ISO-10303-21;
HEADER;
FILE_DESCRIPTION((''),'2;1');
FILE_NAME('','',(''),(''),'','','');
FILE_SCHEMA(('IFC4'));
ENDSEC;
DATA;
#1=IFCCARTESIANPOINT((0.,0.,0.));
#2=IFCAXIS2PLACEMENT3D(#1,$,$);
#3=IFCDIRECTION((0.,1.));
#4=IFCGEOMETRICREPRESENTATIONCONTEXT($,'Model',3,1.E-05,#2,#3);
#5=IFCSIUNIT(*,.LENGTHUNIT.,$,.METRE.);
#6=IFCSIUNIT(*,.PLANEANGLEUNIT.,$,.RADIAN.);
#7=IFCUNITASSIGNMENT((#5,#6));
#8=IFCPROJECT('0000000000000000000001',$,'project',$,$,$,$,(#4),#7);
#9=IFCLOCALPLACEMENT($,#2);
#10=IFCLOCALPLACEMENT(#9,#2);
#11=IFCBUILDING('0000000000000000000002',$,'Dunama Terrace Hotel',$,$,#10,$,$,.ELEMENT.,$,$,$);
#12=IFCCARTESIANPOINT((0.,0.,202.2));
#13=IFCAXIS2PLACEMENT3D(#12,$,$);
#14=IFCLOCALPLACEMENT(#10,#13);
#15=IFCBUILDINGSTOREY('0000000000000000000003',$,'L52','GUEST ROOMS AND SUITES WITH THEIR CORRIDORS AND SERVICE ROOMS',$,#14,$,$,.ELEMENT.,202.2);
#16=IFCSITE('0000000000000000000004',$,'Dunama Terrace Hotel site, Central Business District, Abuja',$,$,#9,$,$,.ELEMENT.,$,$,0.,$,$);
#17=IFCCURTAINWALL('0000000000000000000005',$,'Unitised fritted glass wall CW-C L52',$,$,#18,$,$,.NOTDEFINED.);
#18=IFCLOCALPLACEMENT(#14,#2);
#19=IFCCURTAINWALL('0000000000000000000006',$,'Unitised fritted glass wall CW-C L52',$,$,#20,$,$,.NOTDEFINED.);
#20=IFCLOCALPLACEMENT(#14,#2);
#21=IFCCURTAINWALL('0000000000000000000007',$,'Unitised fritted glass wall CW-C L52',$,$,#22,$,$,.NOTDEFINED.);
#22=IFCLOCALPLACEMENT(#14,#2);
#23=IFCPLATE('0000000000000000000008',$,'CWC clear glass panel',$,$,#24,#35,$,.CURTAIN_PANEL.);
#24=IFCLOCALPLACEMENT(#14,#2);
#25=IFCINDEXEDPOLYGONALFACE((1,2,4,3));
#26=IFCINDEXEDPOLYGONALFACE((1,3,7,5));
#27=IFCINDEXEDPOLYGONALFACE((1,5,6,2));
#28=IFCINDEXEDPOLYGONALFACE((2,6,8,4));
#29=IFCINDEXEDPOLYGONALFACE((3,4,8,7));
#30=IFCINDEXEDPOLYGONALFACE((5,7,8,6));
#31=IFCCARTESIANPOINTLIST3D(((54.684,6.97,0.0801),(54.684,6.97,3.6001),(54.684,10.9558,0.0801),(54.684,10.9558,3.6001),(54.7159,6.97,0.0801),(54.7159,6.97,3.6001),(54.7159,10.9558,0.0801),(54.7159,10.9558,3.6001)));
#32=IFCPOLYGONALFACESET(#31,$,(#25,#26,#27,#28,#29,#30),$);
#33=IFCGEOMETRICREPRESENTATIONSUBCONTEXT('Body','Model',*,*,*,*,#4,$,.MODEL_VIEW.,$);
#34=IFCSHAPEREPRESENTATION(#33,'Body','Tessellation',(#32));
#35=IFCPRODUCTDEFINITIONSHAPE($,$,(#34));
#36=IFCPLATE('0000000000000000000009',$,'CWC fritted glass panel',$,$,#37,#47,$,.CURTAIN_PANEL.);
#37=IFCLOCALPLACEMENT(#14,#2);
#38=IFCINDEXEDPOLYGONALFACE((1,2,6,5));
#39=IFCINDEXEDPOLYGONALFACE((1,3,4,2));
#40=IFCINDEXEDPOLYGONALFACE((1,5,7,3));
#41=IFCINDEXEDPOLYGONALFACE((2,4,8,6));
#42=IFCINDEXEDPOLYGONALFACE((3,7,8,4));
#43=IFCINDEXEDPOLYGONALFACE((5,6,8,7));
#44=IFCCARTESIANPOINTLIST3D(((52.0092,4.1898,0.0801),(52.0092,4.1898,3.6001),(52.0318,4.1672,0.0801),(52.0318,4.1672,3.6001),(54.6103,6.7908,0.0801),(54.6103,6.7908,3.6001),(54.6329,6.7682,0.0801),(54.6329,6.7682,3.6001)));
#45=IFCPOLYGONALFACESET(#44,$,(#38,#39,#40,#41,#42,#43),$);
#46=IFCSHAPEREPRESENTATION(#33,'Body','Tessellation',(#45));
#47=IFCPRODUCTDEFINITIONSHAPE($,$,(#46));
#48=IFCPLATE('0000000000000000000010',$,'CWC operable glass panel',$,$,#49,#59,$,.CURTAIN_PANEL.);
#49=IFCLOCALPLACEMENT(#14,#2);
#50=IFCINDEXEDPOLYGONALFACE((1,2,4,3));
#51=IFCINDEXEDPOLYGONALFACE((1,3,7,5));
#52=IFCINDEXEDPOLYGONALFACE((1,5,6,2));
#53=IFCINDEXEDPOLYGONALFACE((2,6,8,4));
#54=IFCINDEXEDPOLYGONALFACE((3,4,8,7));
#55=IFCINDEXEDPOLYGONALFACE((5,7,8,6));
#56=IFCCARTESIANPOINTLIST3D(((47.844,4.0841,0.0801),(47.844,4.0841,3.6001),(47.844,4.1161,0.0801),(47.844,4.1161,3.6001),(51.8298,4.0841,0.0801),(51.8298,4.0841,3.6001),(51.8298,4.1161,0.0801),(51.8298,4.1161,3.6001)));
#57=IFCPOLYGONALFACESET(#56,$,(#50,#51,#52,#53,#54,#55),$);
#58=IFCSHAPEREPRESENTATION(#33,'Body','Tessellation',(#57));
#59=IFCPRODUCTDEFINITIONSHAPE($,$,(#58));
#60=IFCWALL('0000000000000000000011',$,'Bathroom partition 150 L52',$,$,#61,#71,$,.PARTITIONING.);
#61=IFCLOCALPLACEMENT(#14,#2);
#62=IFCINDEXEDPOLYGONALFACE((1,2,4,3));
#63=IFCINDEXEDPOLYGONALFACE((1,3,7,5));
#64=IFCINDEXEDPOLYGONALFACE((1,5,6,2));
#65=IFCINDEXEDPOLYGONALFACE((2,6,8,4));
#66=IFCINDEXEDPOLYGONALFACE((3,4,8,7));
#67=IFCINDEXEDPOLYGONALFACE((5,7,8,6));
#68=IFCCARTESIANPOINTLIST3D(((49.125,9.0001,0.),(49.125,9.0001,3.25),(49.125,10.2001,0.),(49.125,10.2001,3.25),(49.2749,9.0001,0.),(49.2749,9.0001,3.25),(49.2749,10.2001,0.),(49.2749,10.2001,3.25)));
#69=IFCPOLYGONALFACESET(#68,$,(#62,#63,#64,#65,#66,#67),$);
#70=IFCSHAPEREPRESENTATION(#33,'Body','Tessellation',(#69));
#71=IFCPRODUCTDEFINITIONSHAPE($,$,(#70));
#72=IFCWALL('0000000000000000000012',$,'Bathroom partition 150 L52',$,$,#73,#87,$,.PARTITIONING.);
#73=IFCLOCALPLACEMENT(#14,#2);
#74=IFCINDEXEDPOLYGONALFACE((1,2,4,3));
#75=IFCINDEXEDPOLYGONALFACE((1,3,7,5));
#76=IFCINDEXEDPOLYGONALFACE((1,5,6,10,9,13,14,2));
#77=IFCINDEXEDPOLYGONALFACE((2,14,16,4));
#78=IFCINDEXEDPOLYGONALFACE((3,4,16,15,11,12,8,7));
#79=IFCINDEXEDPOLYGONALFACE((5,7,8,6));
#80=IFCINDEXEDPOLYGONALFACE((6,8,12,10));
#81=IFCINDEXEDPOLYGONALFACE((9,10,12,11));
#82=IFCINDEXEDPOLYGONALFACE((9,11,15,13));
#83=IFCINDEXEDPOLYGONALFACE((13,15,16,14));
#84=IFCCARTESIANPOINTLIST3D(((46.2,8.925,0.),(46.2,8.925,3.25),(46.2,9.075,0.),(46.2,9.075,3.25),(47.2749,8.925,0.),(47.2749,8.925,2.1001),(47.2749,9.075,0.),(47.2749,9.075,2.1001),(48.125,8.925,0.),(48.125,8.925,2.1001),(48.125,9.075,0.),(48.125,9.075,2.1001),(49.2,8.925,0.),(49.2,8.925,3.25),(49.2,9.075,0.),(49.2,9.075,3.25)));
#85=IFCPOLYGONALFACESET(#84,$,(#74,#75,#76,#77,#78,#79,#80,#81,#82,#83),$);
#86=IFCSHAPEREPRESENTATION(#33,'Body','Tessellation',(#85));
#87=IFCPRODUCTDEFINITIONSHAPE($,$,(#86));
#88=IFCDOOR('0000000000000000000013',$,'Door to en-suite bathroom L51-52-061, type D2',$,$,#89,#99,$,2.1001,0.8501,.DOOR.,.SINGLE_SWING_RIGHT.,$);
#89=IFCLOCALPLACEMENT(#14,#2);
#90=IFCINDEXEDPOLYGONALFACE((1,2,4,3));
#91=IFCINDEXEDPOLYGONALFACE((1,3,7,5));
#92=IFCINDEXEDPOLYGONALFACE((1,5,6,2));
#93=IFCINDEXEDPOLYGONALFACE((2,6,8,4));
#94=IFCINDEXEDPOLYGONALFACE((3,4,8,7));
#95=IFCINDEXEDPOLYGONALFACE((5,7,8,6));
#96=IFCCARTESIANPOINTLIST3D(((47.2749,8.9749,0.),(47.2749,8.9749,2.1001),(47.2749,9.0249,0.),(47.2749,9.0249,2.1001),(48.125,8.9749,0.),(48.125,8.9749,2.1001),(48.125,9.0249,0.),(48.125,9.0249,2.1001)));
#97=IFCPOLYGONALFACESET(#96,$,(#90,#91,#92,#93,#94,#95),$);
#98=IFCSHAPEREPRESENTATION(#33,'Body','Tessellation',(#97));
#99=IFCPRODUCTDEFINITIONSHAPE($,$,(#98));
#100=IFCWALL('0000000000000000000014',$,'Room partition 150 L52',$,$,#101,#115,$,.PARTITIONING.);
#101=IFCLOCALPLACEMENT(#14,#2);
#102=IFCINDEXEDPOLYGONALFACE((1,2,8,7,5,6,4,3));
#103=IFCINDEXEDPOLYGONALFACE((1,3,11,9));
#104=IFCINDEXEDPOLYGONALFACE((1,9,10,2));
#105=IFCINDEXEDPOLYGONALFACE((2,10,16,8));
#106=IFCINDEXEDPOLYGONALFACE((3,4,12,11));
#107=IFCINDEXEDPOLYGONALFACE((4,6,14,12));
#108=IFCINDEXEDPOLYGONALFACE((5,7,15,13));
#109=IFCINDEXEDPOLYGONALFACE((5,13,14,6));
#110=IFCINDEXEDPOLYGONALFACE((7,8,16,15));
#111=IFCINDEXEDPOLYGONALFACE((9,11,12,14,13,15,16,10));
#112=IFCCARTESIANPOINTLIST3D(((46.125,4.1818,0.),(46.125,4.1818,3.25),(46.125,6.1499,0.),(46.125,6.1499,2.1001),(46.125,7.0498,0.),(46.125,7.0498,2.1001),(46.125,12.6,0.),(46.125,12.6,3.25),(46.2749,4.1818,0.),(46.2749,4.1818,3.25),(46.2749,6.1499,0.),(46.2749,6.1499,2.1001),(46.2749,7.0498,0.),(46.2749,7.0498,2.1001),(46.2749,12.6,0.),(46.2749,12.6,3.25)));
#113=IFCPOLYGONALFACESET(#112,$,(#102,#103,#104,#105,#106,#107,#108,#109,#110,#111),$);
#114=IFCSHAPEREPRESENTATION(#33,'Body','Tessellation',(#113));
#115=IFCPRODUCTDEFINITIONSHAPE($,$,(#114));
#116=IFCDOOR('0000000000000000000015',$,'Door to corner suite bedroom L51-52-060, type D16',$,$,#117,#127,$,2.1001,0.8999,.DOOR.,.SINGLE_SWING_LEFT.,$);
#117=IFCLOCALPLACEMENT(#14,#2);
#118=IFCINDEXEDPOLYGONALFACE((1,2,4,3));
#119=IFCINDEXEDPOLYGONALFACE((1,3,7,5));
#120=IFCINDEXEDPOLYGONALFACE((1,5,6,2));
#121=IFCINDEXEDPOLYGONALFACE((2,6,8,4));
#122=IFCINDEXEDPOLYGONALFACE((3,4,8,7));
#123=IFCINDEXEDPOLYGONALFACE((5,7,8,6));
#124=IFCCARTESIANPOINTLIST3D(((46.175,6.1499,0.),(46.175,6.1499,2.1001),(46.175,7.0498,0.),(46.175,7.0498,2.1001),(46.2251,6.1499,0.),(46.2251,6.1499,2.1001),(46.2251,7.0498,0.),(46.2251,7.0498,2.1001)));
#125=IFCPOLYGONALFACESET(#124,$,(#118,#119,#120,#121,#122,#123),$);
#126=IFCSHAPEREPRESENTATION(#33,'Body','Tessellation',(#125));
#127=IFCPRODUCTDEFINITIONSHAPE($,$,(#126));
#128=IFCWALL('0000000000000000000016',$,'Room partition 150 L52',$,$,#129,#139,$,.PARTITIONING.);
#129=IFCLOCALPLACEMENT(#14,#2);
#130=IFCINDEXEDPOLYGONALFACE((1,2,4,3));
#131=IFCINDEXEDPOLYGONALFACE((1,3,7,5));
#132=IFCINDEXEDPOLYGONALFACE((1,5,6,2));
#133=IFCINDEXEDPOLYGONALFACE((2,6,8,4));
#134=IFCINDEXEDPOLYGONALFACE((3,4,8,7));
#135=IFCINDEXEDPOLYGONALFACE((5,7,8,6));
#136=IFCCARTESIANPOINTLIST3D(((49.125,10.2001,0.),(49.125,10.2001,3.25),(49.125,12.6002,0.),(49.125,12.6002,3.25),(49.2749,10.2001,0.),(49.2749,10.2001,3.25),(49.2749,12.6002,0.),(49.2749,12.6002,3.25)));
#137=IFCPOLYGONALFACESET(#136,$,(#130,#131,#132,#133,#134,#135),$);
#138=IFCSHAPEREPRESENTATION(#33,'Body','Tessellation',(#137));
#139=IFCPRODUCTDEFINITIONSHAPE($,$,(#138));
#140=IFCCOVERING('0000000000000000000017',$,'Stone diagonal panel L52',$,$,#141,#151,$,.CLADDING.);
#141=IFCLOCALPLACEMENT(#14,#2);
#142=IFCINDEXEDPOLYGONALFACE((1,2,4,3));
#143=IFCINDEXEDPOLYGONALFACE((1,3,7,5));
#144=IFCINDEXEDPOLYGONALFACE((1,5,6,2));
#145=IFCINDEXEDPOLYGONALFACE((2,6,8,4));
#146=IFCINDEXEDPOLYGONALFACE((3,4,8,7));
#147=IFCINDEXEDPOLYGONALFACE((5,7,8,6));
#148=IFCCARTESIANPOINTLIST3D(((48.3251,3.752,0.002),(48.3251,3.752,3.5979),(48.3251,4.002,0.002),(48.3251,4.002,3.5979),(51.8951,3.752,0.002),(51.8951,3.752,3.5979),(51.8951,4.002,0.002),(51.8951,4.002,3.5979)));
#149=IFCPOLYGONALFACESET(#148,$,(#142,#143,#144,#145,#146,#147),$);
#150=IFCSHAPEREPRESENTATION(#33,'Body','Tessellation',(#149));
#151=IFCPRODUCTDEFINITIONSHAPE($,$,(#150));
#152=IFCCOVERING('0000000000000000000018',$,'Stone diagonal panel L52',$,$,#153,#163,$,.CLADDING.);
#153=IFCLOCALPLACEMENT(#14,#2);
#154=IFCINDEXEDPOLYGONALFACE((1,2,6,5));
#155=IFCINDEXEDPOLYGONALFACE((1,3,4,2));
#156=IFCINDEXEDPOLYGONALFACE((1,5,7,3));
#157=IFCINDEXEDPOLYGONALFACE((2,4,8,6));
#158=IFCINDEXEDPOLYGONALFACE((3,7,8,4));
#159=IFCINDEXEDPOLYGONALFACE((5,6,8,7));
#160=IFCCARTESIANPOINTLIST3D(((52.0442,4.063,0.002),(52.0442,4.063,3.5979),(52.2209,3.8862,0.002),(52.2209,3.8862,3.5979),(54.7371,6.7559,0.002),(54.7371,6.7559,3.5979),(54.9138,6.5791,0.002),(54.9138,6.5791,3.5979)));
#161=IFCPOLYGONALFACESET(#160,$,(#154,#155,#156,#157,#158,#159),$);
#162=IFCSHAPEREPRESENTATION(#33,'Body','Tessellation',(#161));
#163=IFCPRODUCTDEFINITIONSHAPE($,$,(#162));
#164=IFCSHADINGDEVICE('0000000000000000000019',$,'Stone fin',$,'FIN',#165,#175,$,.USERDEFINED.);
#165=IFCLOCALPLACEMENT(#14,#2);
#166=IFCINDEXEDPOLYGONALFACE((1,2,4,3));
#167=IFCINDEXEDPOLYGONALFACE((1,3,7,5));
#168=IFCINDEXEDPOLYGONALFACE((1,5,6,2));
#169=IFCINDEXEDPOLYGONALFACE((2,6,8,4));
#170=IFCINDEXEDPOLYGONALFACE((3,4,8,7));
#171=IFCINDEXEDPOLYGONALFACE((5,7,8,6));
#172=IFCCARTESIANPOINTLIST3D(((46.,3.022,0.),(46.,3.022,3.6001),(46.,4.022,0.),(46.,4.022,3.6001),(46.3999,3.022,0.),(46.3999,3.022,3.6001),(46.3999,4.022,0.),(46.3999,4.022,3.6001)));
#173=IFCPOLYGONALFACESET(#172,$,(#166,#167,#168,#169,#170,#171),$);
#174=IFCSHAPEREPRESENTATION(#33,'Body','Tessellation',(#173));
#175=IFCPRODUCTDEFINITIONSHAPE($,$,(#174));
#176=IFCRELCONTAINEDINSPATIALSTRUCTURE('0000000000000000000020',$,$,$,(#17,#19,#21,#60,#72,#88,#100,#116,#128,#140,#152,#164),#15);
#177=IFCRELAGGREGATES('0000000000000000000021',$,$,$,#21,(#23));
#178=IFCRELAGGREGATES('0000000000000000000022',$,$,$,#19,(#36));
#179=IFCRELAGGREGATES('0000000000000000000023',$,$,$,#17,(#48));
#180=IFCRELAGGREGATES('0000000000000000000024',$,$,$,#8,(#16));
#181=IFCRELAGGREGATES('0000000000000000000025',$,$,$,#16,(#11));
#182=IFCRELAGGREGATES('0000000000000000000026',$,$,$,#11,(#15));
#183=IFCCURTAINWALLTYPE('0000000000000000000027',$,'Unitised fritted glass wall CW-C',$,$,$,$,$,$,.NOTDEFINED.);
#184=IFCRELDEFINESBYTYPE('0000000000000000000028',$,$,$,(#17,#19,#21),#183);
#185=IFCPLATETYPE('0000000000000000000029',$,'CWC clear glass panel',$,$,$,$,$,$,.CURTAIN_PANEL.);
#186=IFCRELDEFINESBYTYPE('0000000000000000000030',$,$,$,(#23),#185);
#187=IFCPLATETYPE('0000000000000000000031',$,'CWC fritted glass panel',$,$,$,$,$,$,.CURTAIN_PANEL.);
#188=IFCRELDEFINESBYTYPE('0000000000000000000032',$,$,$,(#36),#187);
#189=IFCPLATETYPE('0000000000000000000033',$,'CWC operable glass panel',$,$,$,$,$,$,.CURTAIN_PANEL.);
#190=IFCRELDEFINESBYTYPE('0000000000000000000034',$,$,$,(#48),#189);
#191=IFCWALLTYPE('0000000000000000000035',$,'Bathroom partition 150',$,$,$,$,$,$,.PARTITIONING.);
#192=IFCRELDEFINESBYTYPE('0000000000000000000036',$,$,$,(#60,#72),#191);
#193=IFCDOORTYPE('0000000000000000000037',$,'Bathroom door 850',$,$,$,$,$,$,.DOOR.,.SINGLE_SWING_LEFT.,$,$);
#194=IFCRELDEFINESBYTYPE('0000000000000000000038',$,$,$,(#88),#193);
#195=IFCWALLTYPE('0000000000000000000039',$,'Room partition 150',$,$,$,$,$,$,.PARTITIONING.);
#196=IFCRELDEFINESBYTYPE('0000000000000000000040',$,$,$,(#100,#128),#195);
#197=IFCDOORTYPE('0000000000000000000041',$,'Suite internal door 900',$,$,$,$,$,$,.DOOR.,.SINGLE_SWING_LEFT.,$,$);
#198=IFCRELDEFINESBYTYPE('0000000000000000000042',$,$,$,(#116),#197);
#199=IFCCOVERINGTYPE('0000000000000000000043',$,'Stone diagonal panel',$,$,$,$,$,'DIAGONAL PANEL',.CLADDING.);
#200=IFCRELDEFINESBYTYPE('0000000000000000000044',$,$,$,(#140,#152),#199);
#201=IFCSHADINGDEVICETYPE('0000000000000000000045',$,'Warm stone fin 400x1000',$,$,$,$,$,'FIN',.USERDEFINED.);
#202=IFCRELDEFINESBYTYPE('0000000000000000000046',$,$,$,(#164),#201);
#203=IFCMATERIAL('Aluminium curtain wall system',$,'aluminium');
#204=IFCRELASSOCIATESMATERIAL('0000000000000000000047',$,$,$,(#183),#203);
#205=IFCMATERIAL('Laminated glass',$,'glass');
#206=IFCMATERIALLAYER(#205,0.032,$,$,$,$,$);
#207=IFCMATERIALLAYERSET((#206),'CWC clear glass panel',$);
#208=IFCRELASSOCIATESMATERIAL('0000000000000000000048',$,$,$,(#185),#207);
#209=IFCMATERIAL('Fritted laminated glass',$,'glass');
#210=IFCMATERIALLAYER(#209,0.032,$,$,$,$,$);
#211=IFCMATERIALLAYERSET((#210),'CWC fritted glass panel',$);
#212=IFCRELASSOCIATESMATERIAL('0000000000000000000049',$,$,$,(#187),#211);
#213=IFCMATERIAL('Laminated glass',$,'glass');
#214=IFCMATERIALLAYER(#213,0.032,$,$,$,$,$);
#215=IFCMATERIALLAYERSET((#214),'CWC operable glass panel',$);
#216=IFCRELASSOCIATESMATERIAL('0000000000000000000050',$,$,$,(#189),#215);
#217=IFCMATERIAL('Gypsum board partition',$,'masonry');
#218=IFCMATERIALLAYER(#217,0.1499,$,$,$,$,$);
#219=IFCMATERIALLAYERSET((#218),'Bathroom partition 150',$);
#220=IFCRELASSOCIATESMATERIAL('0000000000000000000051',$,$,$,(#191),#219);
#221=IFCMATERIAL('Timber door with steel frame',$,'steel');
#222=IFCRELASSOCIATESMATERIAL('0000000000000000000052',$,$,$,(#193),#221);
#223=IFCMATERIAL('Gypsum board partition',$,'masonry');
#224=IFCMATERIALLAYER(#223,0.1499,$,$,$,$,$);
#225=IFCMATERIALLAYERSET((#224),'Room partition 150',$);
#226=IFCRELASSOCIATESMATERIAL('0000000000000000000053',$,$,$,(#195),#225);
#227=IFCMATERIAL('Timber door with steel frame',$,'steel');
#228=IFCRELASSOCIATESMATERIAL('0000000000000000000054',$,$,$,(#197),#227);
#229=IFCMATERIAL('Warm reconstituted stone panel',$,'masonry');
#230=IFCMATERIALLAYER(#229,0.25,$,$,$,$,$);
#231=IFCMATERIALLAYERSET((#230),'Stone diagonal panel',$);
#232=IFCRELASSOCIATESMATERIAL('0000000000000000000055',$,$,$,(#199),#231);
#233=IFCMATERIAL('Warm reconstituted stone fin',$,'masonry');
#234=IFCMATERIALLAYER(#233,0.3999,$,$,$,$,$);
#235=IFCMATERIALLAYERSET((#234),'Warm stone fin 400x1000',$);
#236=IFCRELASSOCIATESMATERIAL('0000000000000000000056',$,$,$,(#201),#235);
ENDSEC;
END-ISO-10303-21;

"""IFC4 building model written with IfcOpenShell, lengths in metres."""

from ifc_helpers import new_model, si_unit, direction, frame, frame_2d, origin, origin_2d, place, context, subcontext, project, spatial, rectangle, extrude, material, layer, layer_set, type_object, element, fill, aggregate, save


model = new_model("IFC4")

# Units and contexts
model_context = context("Model", 3, precision=1e-05, world=origin(), true_north=direction((0.0, 1.0)))
body_context = subcontext(model_context, "Body", "Model", "MODEL_VIEW")
ifc_project = project(units=[si_unit("LENGTHUNIT", "METRE"), si_unit("PLANEANGLEUNIT", "RADIAN")], contexts=[model_context])

# Site, building, storey
site_placement = place(None, origin())
site = spatial("IfcSite", under=ifc_project, at=site_placement, Name="Dunama Terrace Hotel site, Central Business District, Abuja", CompositionType="ELEMENT", RefElevation=0.0)
building_placement = place(site_placement, origin())
building = spatial("IfcBuilding", under=site, at=building_placement, Name="Dunama Terrace Hotel", CompositionType="ELEMENT")
storey_placement = place(building_placement, frame((0.0, 0.0, 202.2)))
storey = spatial("IfcBuildingStorey", under=building, at=storey_placement, Name="L52", Description="GUEST ROOMS AND SUITES WITH THEIR CORRIDORS AND SERVICE ROOMS", CompositionType="ELEMENT", Elevation=202.2)

# Curtain walls
ifc_material_1 = material(Name="Aluminium curtain wall system", Category="aluminium")
curtain_wall_type = type_object("IfcCurtainWallType", Name="Unitised fritted glass wall CW-C", PredefinedType="NOTDEFINED", material=ifc_material_1)
curtain_wall_1_placement = place(storey_placement, origin())
curtain_wall_1 = element("IfcCurtainWall", 1, at=curtain_wall_1_placement, inside=storey, type_object=curtain_wall_type, Name="Unitised fritted glass wall CW-C L52", PredefinedType="NOTDEFINED")
curtain_wall_2_placement = place(storey_placement, origin())
curtain_wall_2 = element("IfcCurtainWall", 2, at=curtain_wall_2_placement, inside=storey, type_object=curtain_wall_type, Name="Unitised fritted glass wall CW-C L52", PredefinedType="NOTDEFINED")

# Curtain wall
curtain_wall_3_placement = place(storey_placement, origin())
curtain_wall_3 = element("IfcCurtainWall", 3, at=curtain_wall_3_placement, inside=storey, type_object=curtain_wall_type, Name="Unitised fritted glass wall CW-C L52", PredefinedType="NOTDEFINED")

# Plates
ifc_material_2 = material(Name="Laminated glass", Category="glass")
ifc_layer_1 = layer(ifc_material_2, 0.032)
ifc_layer_set_1 = layer_set([ifc_layer_1], Name="CWC clear glass panel")
plate_type_1 = type_object("IfcPlateType", Name="CWC clear glass panel", PredefinedType="CURTAIN_PANEL", material=ifc_layer_set_1)
plate_1_placement = place(storey_placement, frame((54.7, 8.9629, 0.0801), z_axis=(0.0, 0.0, 1.0), x_axis=(0.0, 1.0, 0.0)))
plate_1 = element("IfcPlate", 4, at=plate_1_placement, type_object=plate_type_1, Name="CWC clear glass panel", PredefinedType="CURTAIN_PANEL", context=body_context, shape_type="SweptSolid", body=[
    extrude(rectangle(XDim=3.9858, YDim=0.032, at=origin_2d()), origin(), (0.0, 0.0, 1.0), 3.52),
])
aggregate(curtain_wall_3, [plate_1])
ifc_material_3 = material(Name="Fritted laminated glass", Category="glass")
ifc_layer_2 = layer(ifc_material_3, 0.032)
ifc_layer_set_2 = layer_set([ifc_layer_2], Name="CWC fritted glass panel")
plate_type_2 = type_object("IfcPlateType", Name="CWC fritted glass panel", PredefinedType="CURTAIN_PANEL", material=ifc_layer_set_2)
plate_2_placement = place(storey_placement, frame((53.321, 5.479, 0.0801), z_axis=(0.0, 0.0, 1.0), x_axis=(0.707107, 0.707107, 0.0)))
plate_2 = element("IfcPlate", 5, at=plate_2_placement, type_object=plate_type_2, Name="CWC fritted glass panel", PredefinedType="CURTAIN_PANEL", context=body_context, shape_type="SweptSolid", body=[
    extrude(rectangle(XDim=3.6785, YDim=0.032, at=origin_2d()), origin(), (0.0, 0.0, 1.0), 3.52),
])
aggregate(curtain_wall_2, [plate_2])
ifc_material_4 = material(Name="Laminated glass", Category="glass")
ifc_layer_3 = layer(ifc_material_4, 0.032)
ifc_layer_set_3 = layer_set([ifc_layer_3], Name="CWC operable glass panel")
plate_type_3 = type_object("IfcPlateType", Name="CWC operable glass panel", PredefinedType="CURTAIN_PANEL", material=ifc_layer_set_3)
plate_3_placement = place(storey_placement, frame((49.8369, 4.1001, 0.0801), z_axis=(0.0, 0.0, 1.0), x_axis=(1.0, 0.0, 0.0)))
plate_3 = element("IfcPlate", 6, at=plate_3_placement, type_object=plate_type_3, Name="CWC operable glass panel", PredefinedType="CURTAIN_PANEL", context=body_context, shape_type="SweptSolid", body=[
    extrude(rectangle(XDim=3.9858, YDim=0.032, at=origin_2d()), origin(), (0.0, 0.0, 1.0), 3.52),
])
aggregate(curtain_wall_1, [plate_3])

# Wall
ifc_material_5 = material(Name="Gypsum board partition", Category="masonry")
ifc_layer_4 = layer(ifc_material_5, 0.1499)
ifc_layer_set_4 = layer_set([ifc_layer_4], Name="Bathroom partition 150")
wall_type_1 = type_object("IfcWallType", Name="Bathroom partition 150", PredefinedType="PARTITIONING", material=ifc_layer_set_4)
wall_1_placement = place(storey_placement, frame((49.2, 9.0, 0.0), z_axis=(0.0, 0.0, 1.0), x_axis=(0.0, 1.0, 0.0)))
element("IfcWall", 7, at=wall_1_placement, inside=storey, type_object=wall_type_1, Name="Bathroom partition 150 L52", PredefinedType="PARTITIONING", context=body_context, shape_type="SweptSolid", body=[
    extrude(rectangle(XDim=1.2, YDim=0.1499, at=frame_2d((0.6001, 0.0))), origin(), (0.0, 0.0, 1.0), 3.25),
])

# Walls, openings, doors
wall_2_placement = place(storey_placement, frame((46.2, 9.0, 0.0), z_axis=(0.0, 0.0, 1.0), x_axis=(1.0, 0.0, 0.0)))
wall_2 = element("IfcWall", 8, at=wall_2_placement, inside=storey, type_object=wall_type_1, Name="Bathroom partition 150 L52", PredefinedType="PARTITIONING", context=body_context, shape_type="SweptSolid", body=[
    extrude(rectangle(XDim=3.0, YDim=0.1499, at=frame_2d((1.5, 0.0))), origin(), (0.0, 0.0, 1.0), 3.25),
])
opening_1_placement = place(wall_2_placement, frame((1.075, 0.0, 0.0)))
opening_1 = element("IfcOpeningElement", 9, at=opening_1_placement, cuts=wall_2, PredefinedType="OPENING", context=body_context, shape_type="SweptSolid", body=[
    extrude(rectangle(XDim=0.8501, YDim=2.1001, at=frame_2d((0.425, 1.05))), frame((0.0, 0.085, 0.0), z_axis=(0.0, -1.0, 0.0), x_axis=(1.0, 0.0, 0.0)), (0.0, 0.0, 1.0), 0.1699),
])
ifc_material_6 = material(Name="Timber door with steel frame", Category="steel")
door_type_1 = type_object("IfcDoorType", Name="Bathroom door 850", OperationType="SINGLE_SWING_LEFT", PredefinedType="DOOR", material=ifc_material_6)
door_1_placement = place(opening_1_placement, origin())
door_1 = element("IfcDoor", 10, at=door_1_placement, inside=storey, type_object=door_type_1, Name="Door to en-suite bathroom L51-52-061, type D2", OperationType="SINGLE_SWING_RIGHT", OverallHeight=2.1001, OverallWidth=0.8501, PredefinedType="DOOR", context=body_context, shape_type="SweptSolid", body=[
    extrude(rectangle(XDim=0.8501, YDim=2.1001, at=frame_2d((0.425, 1.05))), frame((0.0, 0.0249, 0.0), z_axis=(0.0, -1.0, 0.0), x_axis=(1.0, 0.0, 0.0)), (0.0, 0.0, 1.0), 0.05),
])
fill(opening_1, door_1)
ifc_material_7 = material(Name="Gypsum board partition", Category="masonry")
ifc_layer_5 = layer(ifc_material_7, 0.1499)
ifc_layer_set_5 = layer_set([ifc_layer_5], Name="Room partition 150")
wall_type_2 = type_object("IfcWallType", Name="Room partition 150", PredefinedType="PARTITIONING", material=ifc_layer_set_5)
wall_3_placement = place(storey_placement, frame((46.2, 4.1819, 0.0), z_axis=(0.0, 0.0, 1.0), x_axis=(0.0, 1.0, 0.0)))
wall_3 = element("IfcWall", 11, at=wall_3_placement, inside=storey, type_object=wall_type_2, Name="Room partition 150 L52", PredefinedType="PARTITIONING", context=body_context, shape_type="SweptSolid", body=[
    extrude(rectangle(XDim=8.4182, YDim=0.1499, at=frame_2d((4.209, 0.0))), origin(), (0.0, 0.0, 1.0), 3.25),
])
opening_2_placement = place(wall_3_placement, frame((1.968, 0.0, 0.0)))
opening_2 = element("IfcOpeningElement", 12, at=opening_2_placement, cuts=wall_3, PredefinedType="OPENING", context=body_context, shape_type="SweptSolid", body=[
    extrude(rectangle(XDim=0.8999, YDim=2.1001, at=frame_2d((0.45, 1.05))), frame((0.0, 0.085, 0.0), z_axis=(0.0, -1.0, 0.0), x_axis=(1.0, 0.0, 0.0)), (0.0, 0.0, 1.0), 0.1699),
])
ifc_material_8 = material(Name="Timber door with steel frame", Category="steel")
door_type_2 = type_object("IfcDoorType", Name="Suite internal door 900", OperationType="SINGLE_SWING_LEFT", PredefinedType="DOOR", material=ifc_material_8)
door_2_placement = place(opening_2_placement, frame((0.8999, 0.0, 0.0), z_axis=(0.0, 0.0, 1.0), x_axis=(-1.0, 0.0, 0.0)))
door_2 = element("IfcDoor", 13, at=door_2_placement, inside=storey, type_object=door_type_2, Name="Door to corner suite bedroom L51-52-060, type D16", OperationType="SINGLE_SWING_LEFT", OverallHeight=2.1001, OverallWidth=0.8999, PredefinedType="DOOR", context=body_context, shape_type="SweptSolid", body=[
    extrude(rectangle(XDim=0.8999, YDim=2.1001, at=frame_2d((0.45, 1.05))), frame((0.0, 0.0251, 0.0), z_axis=(0.0, -1.0, 0.0), x_axis=(1.0, 0.0, 0.0)), (0.0, 0.0, 1.0), 0.05),
])
fill(opening_2, door_2)

# Wall
wall_4_placement = place(storey_placement, frame((49.2, 10.2, 0.0), z_axis=(0.0, 0.0, 1.0), x_axis=(0.0, 1.0, 0.0)))
element("IfcWall", 14, at=wall_4_placement, inside=storey, type_object=wall_type_2, Name="Room partition 150 L52", PredefinedType="PARTITIONING", context=body_context, shape_type="SweptSolid", body=[
    extrude(rectangle(XDim=2.4001, YDim=0.1499, at=frame_2d((1.2002, 0.0))), origin(), (0.0, 0.0, 1.0), 3.25),
])

# Coverings
ifc_material_9 = material(Name="Warm reconstituted stone panel", Category="masonry")
ifc_layer_6 = layer(ifc_material_9, 0.25)
ifc_layer_set_6 = layer_set([ifc_layer_6], Name="Stone diagonal panel")
covering_type = type_object("IfcCoveringType", Name="Stone diagonal panel", ElementType="DIAGONAL PANEL", PredefinedType="CLADDING", material=ifc_layer_set_6)
covering_1_placement = place(storey_placement, frame((50.1101, 3.877, 0.002), z_axis=(0.0, 0.0, 1.0), x_axis=(1.0, 0.0, 0.0)))
element("IfcCovering", 15, at=covering_1_placement, inside=storey, type_object=covering_type, Name="Stone diagonal panel L52", PredefinedType="CLADDING", context=body_context, shape_type="SweptSolid", body=[
    extrude(rectangle(XDim=3.5701, YDim=0.25, at=origin_2d()), origin(), (0.0, 0.0, 1.0), 3.5959),
])
covering_2_placement = place(storey_placement, frame((53.479, 5.321, 0.002), z_axis=(0.0, 0.0, 1.0), x_axis=(0.707107, 0.707107, 0.0)))
element("IfcCovering", 16, at=covering_2_placement, inside=storey, type_object=covering_type, Name="Stone diagonal panel L52", PredefinedType="CLADDING", context=body_context, shape_type="SweptSolid", body=[
    extrude(rectangle(XDim=3.8083, YDim=0.25, at=origin_2d()), origin(), (0.0, 0.0, 1.0), 3.5959),
])

# Shading device
ifc_material_10 = material(Name="Warm reconstituted stone fin", Category="masonry")
ifc_layer_7 = layer(ifc_material_10, 0.3999)
ifc_layer_set_7 = layer_set([ifc_layer_7], Name="Warm stone fin 400x1000")
shading_device_type = type_object("IfcShadingDeviceType", Name="Warm stone fin 400x1000", ElementType="FIN", PredefinedType="USERDEFINED", material=ifc_layer_set_7)
for number, where, z_axis, x_axis, name in (
    (17, (46.2, 3.522, 0.0), (0.0, 0.0, 1.0), (1.0, 0.0, 0.0), "Stone fin"),
):
    element("IfcShadingDevice", number, at=place(storey_placement, frame(where, z_axis=z_axis, x_axis=x_axis)), inside=storey, type_object=shading_device_type, Name=name, ObjectType="FIN", PredefinedType="USERDEFINED", context=body_context, shape_type="SweptSolid", body=[
        extrude(rectangle(XDim=0.3999, YDim=1.0, at=origin_2d()), origin(), (0.0, 0.0, 1.0), 3.6001),
    ])

save(model, "model.ifc")
